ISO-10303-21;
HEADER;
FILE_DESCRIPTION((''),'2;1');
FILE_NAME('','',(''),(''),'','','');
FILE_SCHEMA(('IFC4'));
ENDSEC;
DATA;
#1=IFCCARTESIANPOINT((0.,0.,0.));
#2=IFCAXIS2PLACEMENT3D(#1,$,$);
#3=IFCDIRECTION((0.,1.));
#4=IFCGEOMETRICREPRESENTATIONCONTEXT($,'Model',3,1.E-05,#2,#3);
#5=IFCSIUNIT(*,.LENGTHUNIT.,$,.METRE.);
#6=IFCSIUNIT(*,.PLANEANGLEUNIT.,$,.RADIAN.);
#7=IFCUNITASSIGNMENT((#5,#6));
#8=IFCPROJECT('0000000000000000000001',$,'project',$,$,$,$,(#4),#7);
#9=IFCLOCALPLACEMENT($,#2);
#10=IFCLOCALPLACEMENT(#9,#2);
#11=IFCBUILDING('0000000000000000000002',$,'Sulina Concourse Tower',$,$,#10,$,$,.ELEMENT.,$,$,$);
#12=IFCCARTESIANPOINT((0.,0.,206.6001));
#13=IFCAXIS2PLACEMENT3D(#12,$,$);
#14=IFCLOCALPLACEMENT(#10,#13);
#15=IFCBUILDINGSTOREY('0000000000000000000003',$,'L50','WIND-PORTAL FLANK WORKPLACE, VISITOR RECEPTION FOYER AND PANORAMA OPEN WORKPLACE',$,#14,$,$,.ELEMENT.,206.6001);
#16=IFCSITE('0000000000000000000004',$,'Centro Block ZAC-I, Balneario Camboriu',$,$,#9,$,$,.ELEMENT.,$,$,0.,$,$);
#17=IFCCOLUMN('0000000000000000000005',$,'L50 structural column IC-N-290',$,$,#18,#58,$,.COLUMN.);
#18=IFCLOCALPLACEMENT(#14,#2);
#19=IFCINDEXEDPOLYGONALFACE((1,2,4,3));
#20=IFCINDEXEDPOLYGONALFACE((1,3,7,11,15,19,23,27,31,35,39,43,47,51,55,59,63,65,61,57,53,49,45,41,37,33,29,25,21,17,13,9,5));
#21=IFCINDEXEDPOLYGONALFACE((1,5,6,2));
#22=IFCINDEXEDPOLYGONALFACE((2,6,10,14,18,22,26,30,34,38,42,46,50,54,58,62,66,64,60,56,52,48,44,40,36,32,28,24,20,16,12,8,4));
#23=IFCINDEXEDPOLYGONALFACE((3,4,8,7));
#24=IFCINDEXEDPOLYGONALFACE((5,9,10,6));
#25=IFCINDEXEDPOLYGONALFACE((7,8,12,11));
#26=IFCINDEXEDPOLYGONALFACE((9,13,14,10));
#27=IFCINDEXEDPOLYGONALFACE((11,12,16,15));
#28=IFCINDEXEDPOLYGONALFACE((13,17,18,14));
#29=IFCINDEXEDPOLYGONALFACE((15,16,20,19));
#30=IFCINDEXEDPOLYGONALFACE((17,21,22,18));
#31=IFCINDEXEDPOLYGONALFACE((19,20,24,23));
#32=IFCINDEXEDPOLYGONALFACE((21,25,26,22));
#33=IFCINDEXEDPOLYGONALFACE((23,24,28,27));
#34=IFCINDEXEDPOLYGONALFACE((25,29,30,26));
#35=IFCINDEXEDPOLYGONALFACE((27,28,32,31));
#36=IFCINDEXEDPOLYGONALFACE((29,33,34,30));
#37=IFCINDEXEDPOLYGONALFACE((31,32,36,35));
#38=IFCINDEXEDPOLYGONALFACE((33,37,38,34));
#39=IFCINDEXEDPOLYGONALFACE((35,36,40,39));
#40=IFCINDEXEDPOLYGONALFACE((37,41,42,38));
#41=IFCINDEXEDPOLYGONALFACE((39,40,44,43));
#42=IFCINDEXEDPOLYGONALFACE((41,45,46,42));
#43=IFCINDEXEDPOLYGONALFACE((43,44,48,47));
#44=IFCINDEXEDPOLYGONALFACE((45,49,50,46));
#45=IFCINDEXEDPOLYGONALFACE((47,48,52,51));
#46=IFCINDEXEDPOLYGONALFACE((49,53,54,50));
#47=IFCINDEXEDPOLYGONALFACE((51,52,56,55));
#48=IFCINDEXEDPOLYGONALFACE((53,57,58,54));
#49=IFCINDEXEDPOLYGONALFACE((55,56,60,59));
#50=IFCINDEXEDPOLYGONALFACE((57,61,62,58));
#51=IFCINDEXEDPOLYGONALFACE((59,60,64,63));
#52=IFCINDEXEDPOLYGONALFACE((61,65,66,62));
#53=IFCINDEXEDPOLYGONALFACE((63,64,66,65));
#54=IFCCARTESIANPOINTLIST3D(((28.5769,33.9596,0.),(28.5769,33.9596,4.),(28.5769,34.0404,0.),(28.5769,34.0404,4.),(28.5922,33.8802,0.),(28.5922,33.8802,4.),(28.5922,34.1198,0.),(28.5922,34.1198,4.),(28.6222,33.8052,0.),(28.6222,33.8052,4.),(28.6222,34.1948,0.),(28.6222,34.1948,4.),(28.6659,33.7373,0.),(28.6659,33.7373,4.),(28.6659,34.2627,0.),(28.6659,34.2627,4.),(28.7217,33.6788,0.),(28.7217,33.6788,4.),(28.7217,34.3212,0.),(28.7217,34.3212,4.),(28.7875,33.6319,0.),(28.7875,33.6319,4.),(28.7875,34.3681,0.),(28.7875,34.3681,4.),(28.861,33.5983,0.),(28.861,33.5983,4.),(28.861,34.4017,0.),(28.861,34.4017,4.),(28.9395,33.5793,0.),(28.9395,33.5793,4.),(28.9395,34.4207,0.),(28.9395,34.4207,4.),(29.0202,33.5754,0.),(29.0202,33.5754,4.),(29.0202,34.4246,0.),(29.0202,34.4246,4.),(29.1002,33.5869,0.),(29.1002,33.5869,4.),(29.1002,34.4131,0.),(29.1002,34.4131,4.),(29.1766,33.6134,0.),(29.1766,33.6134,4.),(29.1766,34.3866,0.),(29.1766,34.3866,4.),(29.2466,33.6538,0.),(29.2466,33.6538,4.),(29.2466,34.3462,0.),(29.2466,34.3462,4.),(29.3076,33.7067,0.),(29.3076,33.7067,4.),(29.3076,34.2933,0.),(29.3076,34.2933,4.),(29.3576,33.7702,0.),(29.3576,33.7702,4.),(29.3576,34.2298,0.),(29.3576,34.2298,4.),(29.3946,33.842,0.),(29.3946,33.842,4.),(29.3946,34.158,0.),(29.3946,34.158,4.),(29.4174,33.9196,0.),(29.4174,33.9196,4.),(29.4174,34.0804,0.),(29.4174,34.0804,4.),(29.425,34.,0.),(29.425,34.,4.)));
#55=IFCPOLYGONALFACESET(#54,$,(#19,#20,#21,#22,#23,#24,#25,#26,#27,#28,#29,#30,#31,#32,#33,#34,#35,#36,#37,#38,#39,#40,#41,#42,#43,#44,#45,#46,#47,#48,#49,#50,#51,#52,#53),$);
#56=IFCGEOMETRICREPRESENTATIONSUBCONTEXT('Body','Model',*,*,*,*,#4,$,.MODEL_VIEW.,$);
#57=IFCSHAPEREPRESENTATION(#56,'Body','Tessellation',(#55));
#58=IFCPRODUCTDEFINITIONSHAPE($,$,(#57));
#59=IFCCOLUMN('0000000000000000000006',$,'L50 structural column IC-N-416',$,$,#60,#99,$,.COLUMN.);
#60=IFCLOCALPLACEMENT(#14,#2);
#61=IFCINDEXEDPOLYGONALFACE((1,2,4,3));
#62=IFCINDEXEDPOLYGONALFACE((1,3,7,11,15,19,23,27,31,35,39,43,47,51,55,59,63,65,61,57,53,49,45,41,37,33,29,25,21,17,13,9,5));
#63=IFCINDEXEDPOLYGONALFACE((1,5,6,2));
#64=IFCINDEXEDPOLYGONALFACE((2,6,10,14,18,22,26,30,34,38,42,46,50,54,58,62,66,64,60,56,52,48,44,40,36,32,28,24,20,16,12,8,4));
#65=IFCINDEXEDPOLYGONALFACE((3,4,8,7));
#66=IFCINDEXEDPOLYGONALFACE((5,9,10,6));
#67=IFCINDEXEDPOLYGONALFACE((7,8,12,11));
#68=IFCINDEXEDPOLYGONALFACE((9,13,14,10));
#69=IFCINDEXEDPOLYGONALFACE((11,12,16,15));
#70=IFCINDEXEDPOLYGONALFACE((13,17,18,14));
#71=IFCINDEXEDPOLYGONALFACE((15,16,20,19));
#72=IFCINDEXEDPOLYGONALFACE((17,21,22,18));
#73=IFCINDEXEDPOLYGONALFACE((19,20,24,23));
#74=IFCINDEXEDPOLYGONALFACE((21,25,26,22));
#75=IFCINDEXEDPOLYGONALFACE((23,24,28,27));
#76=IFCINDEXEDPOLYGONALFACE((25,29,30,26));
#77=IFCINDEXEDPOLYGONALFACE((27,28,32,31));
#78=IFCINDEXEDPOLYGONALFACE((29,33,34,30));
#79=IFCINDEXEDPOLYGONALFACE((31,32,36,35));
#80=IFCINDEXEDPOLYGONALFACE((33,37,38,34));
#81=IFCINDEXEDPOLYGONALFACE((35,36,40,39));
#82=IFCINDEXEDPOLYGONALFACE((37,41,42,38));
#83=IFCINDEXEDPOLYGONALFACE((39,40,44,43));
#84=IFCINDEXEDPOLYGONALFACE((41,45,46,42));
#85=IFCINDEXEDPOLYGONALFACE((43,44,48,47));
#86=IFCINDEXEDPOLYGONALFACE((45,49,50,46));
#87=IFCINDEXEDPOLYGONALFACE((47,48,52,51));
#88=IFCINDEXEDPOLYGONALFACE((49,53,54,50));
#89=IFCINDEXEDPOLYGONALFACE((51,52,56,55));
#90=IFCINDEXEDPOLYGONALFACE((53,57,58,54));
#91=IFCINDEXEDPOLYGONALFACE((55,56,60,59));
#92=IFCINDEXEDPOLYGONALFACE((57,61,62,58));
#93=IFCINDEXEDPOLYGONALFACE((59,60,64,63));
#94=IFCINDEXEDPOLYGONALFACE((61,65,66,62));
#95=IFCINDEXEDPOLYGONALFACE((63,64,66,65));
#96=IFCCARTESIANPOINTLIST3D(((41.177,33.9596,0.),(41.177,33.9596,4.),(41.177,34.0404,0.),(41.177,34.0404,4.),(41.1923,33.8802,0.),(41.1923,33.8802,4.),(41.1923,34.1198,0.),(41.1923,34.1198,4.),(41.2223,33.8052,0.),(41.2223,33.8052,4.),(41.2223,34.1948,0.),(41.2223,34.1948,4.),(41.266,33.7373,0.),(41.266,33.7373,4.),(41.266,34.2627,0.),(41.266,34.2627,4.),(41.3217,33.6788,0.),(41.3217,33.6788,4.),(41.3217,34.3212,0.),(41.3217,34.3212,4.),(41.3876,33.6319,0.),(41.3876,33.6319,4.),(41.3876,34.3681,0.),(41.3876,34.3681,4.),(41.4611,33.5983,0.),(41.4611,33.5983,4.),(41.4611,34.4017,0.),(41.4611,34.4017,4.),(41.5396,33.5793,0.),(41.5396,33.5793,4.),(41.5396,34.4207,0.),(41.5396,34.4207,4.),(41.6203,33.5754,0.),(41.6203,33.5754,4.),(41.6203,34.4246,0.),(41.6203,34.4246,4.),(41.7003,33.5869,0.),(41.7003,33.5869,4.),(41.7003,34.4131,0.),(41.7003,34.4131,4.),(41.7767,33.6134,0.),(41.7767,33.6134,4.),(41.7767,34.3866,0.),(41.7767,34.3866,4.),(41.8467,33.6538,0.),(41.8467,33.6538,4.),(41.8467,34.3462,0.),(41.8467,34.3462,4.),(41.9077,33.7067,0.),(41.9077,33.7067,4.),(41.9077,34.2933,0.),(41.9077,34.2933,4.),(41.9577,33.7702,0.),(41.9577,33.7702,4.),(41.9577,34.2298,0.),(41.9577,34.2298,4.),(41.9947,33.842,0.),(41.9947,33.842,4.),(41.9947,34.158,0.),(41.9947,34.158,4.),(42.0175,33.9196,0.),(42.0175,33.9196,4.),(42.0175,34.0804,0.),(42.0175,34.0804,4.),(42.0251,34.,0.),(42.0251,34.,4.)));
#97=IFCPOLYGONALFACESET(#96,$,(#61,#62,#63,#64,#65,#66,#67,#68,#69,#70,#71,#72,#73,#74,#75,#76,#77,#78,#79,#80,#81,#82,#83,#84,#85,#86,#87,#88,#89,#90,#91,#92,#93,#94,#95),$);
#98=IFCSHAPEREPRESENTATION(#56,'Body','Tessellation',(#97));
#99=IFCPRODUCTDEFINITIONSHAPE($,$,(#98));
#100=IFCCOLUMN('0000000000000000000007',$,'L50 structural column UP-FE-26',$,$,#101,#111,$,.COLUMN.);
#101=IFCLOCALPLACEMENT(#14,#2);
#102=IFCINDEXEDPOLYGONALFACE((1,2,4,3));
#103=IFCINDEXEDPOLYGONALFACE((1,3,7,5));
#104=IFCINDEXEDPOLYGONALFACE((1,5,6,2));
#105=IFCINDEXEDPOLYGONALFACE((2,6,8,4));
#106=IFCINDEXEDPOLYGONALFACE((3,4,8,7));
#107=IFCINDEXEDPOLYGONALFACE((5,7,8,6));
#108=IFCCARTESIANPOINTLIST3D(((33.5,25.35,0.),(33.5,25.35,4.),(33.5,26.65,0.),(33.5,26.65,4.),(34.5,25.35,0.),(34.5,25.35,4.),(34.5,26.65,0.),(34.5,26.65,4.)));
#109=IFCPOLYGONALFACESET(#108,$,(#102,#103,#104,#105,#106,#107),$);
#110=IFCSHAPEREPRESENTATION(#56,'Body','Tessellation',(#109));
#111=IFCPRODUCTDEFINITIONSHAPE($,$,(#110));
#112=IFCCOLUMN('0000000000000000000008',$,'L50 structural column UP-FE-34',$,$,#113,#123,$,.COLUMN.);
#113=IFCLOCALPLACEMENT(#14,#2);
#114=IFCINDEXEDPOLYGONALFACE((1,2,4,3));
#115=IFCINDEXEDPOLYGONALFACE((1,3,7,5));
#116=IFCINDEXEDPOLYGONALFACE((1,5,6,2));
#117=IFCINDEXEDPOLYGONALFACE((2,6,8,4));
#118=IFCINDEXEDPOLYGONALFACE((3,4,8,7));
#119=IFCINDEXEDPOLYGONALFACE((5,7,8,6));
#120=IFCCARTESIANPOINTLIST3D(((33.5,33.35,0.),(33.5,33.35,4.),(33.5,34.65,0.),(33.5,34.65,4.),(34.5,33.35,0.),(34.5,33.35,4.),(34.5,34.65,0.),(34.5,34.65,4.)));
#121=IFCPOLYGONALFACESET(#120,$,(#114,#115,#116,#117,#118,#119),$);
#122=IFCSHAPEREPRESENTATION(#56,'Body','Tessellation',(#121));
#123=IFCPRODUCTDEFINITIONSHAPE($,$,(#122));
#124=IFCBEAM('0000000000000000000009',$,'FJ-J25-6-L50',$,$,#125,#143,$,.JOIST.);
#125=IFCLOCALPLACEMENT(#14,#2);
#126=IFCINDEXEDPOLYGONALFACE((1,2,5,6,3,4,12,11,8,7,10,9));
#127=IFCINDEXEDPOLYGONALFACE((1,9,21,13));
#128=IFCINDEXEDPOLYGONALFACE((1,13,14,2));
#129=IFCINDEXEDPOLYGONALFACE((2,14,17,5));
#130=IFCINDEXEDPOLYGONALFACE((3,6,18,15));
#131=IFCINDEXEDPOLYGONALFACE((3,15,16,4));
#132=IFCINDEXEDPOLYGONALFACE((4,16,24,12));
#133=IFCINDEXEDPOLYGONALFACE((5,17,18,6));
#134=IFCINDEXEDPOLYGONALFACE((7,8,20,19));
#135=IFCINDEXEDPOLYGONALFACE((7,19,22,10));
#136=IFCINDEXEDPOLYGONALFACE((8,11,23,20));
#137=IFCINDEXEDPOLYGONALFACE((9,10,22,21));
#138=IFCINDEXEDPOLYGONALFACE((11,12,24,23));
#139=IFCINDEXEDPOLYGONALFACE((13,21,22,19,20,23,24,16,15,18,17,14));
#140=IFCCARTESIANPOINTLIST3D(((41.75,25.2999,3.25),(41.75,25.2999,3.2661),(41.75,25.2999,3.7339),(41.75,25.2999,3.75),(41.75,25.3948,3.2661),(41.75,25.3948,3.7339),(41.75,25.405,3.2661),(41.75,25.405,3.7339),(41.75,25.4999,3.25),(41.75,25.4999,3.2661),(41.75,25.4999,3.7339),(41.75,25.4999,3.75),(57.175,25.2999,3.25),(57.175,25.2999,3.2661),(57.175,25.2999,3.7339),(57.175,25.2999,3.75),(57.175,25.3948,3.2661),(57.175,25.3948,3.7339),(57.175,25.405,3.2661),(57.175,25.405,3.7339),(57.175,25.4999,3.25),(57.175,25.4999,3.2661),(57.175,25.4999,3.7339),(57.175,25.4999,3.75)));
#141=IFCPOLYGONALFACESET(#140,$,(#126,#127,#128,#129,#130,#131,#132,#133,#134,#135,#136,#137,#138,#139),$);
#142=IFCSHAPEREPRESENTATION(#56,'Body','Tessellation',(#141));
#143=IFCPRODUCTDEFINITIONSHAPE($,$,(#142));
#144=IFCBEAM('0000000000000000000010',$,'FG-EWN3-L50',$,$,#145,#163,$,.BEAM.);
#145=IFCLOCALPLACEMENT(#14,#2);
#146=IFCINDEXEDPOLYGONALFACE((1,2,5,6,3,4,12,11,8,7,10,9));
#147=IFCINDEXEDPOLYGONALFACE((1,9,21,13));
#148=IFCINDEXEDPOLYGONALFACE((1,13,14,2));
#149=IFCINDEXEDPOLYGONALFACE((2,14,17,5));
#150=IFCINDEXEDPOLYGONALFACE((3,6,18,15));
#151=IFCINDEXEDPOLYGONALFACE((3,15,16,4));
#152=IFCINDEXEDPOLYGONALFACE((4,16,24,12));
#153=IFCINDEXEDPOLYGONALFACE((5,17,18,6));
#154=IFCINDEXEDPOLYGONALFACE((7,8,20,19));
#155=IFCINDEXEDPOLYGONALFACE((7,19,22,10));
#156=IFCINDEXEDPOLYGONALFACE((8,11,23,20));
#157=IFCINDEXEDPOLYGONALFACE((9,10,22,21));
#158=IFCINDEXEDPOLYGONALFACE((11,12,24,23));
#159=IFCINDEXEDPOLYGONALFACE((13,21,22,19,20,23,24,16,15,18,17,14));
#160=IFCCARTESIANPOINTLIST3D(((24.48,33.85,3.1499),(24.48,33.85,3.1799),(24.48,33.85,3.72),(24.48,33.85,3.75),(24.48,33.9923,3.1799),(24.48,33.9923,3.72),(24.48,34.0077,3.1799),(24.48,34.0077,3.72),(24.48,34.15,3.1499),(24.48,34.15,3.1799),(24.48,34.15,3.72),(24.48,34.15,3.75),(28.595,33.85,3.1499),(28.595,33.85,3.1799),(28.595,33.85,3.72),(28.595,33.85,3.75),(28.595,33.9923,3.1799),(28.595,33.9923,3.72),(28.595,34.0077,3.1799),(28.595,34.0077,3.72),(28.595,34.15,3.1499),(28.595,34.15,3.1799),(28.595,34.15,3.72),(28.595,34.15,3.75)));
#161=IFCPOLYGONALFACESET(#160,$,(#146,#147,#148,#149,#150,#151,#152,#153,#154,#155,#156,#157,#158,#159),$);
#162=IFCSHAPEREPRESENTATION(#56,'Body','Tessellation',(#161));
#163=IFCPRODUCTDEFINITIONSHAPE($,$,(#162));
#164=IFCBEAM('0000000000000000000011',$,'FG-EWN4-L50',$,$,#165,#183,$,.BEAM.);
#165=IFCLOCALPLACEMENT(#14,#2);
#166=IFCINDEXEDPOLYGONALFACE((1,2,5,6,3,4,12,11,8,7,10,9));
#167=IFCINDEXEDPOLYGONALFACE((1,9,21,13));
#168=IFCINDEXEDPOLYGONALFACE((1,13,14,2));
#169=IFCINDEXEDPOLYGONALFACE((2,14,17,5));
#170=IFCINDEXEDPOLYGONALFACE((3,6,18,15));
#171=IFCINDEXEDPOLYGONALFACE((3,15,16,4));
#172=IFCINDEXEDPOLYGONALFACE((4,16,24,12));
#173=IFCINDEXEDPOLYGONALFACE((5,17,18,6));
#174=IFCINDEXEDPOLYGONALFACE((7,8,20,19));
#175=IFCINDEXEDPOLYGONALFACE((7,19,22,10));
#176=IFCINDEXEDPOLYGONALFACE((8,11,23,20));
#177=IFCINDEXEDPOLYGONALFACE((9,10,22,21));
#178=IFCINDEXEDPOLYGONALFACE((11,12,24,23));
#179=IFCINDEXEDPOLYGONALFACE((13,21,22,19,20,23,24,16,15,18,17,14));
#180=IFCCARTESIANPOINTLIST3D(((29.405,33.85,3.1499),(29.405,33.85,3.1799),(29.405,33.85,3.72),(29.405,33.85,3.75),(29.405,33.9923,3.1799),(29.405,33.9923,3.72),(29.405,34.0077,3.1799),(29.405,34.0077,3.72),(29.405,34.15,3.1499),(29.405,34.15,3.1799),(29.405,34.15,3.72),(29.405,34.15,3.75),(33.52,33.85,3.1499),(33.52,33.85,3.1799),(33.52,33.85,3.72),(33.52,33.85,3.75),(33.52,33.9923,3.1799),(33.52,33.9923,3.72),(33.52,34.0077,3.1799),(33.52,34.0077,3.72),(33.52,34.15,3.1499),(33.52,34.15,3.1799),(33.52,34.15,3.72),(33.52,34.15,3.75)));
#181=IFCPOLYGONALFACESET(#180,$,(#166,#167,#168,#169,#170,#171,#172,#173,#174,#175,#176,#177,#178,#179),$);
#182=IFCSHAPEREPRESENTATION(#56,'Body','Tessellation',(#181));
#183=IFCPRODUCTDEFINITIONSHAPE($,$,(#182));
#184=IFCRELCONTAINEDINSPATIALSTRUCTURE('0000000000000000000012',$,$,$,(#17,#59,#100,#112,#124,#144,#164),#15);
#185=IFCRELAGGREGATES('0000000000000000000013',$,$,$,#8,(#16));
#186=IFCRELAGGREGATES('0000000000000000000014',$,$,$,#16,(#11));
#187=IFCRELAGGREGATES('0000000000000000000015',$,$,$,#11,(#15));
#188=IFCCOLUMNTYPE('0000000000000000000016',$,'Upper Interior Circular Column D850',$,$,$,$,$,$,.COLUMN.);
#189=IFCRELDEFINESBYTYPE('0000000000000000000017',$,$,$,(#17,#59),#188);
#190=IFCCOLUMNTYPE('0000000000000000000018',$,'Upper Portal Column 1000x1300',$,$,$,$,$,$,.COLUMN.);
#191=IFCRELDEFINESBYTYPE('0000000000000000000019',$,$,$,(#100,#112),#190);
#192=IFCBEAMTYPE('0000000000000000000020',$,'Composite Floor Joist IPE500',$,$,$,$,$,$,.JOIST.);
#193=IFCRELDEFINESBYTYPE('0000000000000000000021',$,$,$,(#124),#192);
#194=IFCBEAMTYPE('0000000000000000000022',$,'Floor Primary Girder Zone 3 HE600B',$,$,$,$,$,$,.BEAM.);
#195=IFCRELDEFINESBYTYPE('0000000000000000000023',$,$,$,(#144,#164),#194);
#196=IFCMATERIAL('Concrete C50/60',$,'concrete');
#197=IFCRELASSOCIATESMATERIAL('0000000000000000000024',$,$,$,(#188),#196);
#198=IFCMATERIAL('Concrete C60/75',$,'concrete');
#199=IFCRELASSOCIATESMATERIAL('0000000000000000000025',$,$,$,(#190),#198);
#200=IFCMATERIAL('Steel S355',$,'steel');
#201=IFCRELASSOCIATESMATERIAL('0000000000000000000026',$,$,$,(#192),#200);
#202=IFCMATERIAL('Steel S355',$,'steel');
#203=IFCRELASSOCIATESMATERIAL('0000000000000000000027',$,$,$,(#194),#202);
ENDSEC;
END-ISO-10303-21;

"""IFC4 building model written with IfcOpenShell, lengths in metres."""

from ifc_helpers import new_model, si_unit, direction, frame, origin, origin_2d, place, context, subcontext, project, spatial, rectangle, circle, i_section, extrude, material, material_profile, profile_set, type_object, element, save


model = new_model("IFC4")

# Units and contexts
model_context = context("Model", 3, precision=1e-05, world=origin(), true_north=direction((0.0, 1.0)))
body_context = subcontext(model_context, "Body", "Model", "MODEL_VIEW")
ifc_project = project(units=[si_unit("LENGTHUNIT", "METRE"), si_unit("PLANEANGLEUNIT", "RADIAN")], contexts=[model_context])

# Site, building, storey
site_placement = place(None, origin())
site = spatial("IfcSite", under=ifc_project, at=site_placement, Name="Centro Block ZAC-I, Balneario Camboriu", CompositionType="ELEMENT", RefElevation=0.0)
building_placement = place(site_placement, origin())
building = spatial("IfcBuilding", under=site, at=building_placement, Name="Sulina Concourse Tower", CompositionType="ELEMENT")
storey_placement = place(building_placement, frame((0.0, 0.0, 206.6001)))
storey = spatial("IfcBuildingStorey", under=building, at=storey_placement, Name="L50", Description="WIND-PORTAL FLANK WORKPLACE, VISITOR RECEPTION FOYER AND PANORAMA OPEN WORKPLACE", CompositionType="ELEMENT", Elevation=206.6001)

# Columns
ifc_material_1 = material(Name="Concrete C50/60", Category="concrete")
ifc_material_profile_1 = material_profile(ifc_material_1, circle(Radius=0.425, at=origin_2d()), Name="RC D850")
ifc_profile_set_1 = profile_set([ifc_material_profile_1], Name="Concrete C50/60")
column_type_1 = type_object("IfcColumnType", Name="Upper Interior Circular Column D850", PredefinedType="COLUMN", material=ifc_profile_set_1)
for number, where, z_axis, x_axis, name in (
    (1, (29.0, 34.0, 0.0), (0.0, 0.0, 1.0), (1.0, 0.0, 0.0), "L50 structural column IC-N-290"),
    (2, (41.6001, 34.0, 0.0), (0.0, 0.0, 1.0), (1.0, 0.0, 0.0), "L50 structural column IC-N-416"),
):
    element("IfcColumn", number, at=place(storey_placement, frame(where, z_axis=z_axis, x_axis=x_axis)), inside=storey, type_object=column_type_1, Name=name, PredefinedType="COLUMN", context=body_context, shape_type="SweptSolid", body=[
        extrude(circle(Radius=0.425, at=origin_2d()), origin(), (0.0, 0.0, 1.0), 4.0),
    ])
ifc_material_2 = material(Name="Concrete C60/75", Category="concrete")
ifc_material_profile_2 = material_profile(ifc_material_2, rectangle(XDim=1.0, YDim=1.3, at=origin_2d()), Name="RC 1000x1300")
ifc_profile_set_2 = profile_set([ifc_material_profile_2], Name="Concrete C60/75")
column_type_2 = type_object("IfcColumnType", Name="Upper Portal Column 1000x1300", PredefinedType="COLUMN", material=ifc_profile_set_2)
for number, where, z_axis, x_axis, name in (
    (3, (34.0, 26.0, 0.0), (0.0, 0.0, 1.0), (1.0, 0.0, 0.0), "L50 structural column UP-FE-26"),
    (4, (34.0, 34.0, 0.0), (0.0, 0.0, 1.0), (1.0, 0.0, 0.0), "L50 structural column UP-FE-34"),
):
    element("IfcColumn", number, at=place(storey_placement, frame(where, z_axis=z_axis, x_axis=x_axis)), inside=storey, type_object=column_type_2, Name=name, PredefinedType="COLUMN", context=body_context, shape_type="SweptSolid", body=[
        extrude(rectangle(XDim=1.0, YDim=1.3, at=origin_2d()), origin(), (0.0, 0.0, 1.0), 4.0),
    ])

# Beams
ifc_material_3 = material(Name="Steel S355", Category="steel")
ifc_material_profile_3 = material_profile(ifc_material_3, i_section(OverallWidth=0.2, OverallDepth=0.5, WebThickness=0.0103, FlangeThickness=0.0161, at=origin_2d()), Name="IPE 500")
ifc_profile_set_3 = profile_set([ifc_material_profile_3], Name="Steel S355")
beam_type_1 = type_object("IfcBeamType", Name="Composite Floor Joist IPE500", PredefinedType="JOIST", material=ifc_profile_set_3)
beam_1_placement = place(storey_placement, frame((41.75, 25.3999, 3.5), z_axis=(1.0, 0.0, 0.0), x_axis=(0.0, 1.0, 0.0)))
element("IfcBeam", 5, at=beam_1_placement, inside=storey, type_object=beam_type_1, Name="FJ-J25-6-L50", PredefinedType="JOIST", context=body_context, shape_type="SweptSolid", body=[
    extrude(i_section(OverallWidth=0.2, OverallDepth=0.5, WebThickness=0.0103, FlangeThickness=0.0161, at=origin_2d()), origin(), (0.0, 0.0, 1.0), 15.425),
])
ifc_material_4 = material(Name="Steel S355", Category="steel")
ifc_material_profile_4 = material_profile(ifc_material_4, i_section(OverallWidth=0.3, OverallDepth=0.6001, WebThickness=0.0154, FlangeThickness=0.03, at=origin_2d()), Name="HE 600 B")
ifc_profile_set_4 = profile_set([ifc_material_profile_4], Name="Steel S355")
beam_type_2 = type_object("IfcBeamType", Name="Floor Primary Girder Zone 3 HE600B", PredefinedType="BEAM", material=ifc_profile_set_4)
for number, where, z_axis, x_axis, name in (
    (6, (24.48, 34.0, 3.45), (1.0, 0.0, 0.0), (0.0, 1.0, 0.0), "FG-EWN3-L50"),
    (7, (29.405, 34.0, 3.45), (1.0, 0.0, 0.0), (0.0, 1.0, 0.0), "FG-EWN4-L50"),
):
    element("IfcBeam", number, at=place(storey_placement, frame(where, z_axis=z_axis, x_axis=x_axis)), inside=storey, type_object=beam_type_2, Name=name, PredefinedType="BEAM", context=body_context, shape_type="SweptSolid", body=[
        extrude(i_section(OverallWidth=0.3, OverallDepth=0.6001, WebThickness=0.0154, FlangeThickness=0.03, at=origin_2d()), origin(), (0.0, 0.0, 1.0), 4.115),
    ])

save(model, "model.ifc")
